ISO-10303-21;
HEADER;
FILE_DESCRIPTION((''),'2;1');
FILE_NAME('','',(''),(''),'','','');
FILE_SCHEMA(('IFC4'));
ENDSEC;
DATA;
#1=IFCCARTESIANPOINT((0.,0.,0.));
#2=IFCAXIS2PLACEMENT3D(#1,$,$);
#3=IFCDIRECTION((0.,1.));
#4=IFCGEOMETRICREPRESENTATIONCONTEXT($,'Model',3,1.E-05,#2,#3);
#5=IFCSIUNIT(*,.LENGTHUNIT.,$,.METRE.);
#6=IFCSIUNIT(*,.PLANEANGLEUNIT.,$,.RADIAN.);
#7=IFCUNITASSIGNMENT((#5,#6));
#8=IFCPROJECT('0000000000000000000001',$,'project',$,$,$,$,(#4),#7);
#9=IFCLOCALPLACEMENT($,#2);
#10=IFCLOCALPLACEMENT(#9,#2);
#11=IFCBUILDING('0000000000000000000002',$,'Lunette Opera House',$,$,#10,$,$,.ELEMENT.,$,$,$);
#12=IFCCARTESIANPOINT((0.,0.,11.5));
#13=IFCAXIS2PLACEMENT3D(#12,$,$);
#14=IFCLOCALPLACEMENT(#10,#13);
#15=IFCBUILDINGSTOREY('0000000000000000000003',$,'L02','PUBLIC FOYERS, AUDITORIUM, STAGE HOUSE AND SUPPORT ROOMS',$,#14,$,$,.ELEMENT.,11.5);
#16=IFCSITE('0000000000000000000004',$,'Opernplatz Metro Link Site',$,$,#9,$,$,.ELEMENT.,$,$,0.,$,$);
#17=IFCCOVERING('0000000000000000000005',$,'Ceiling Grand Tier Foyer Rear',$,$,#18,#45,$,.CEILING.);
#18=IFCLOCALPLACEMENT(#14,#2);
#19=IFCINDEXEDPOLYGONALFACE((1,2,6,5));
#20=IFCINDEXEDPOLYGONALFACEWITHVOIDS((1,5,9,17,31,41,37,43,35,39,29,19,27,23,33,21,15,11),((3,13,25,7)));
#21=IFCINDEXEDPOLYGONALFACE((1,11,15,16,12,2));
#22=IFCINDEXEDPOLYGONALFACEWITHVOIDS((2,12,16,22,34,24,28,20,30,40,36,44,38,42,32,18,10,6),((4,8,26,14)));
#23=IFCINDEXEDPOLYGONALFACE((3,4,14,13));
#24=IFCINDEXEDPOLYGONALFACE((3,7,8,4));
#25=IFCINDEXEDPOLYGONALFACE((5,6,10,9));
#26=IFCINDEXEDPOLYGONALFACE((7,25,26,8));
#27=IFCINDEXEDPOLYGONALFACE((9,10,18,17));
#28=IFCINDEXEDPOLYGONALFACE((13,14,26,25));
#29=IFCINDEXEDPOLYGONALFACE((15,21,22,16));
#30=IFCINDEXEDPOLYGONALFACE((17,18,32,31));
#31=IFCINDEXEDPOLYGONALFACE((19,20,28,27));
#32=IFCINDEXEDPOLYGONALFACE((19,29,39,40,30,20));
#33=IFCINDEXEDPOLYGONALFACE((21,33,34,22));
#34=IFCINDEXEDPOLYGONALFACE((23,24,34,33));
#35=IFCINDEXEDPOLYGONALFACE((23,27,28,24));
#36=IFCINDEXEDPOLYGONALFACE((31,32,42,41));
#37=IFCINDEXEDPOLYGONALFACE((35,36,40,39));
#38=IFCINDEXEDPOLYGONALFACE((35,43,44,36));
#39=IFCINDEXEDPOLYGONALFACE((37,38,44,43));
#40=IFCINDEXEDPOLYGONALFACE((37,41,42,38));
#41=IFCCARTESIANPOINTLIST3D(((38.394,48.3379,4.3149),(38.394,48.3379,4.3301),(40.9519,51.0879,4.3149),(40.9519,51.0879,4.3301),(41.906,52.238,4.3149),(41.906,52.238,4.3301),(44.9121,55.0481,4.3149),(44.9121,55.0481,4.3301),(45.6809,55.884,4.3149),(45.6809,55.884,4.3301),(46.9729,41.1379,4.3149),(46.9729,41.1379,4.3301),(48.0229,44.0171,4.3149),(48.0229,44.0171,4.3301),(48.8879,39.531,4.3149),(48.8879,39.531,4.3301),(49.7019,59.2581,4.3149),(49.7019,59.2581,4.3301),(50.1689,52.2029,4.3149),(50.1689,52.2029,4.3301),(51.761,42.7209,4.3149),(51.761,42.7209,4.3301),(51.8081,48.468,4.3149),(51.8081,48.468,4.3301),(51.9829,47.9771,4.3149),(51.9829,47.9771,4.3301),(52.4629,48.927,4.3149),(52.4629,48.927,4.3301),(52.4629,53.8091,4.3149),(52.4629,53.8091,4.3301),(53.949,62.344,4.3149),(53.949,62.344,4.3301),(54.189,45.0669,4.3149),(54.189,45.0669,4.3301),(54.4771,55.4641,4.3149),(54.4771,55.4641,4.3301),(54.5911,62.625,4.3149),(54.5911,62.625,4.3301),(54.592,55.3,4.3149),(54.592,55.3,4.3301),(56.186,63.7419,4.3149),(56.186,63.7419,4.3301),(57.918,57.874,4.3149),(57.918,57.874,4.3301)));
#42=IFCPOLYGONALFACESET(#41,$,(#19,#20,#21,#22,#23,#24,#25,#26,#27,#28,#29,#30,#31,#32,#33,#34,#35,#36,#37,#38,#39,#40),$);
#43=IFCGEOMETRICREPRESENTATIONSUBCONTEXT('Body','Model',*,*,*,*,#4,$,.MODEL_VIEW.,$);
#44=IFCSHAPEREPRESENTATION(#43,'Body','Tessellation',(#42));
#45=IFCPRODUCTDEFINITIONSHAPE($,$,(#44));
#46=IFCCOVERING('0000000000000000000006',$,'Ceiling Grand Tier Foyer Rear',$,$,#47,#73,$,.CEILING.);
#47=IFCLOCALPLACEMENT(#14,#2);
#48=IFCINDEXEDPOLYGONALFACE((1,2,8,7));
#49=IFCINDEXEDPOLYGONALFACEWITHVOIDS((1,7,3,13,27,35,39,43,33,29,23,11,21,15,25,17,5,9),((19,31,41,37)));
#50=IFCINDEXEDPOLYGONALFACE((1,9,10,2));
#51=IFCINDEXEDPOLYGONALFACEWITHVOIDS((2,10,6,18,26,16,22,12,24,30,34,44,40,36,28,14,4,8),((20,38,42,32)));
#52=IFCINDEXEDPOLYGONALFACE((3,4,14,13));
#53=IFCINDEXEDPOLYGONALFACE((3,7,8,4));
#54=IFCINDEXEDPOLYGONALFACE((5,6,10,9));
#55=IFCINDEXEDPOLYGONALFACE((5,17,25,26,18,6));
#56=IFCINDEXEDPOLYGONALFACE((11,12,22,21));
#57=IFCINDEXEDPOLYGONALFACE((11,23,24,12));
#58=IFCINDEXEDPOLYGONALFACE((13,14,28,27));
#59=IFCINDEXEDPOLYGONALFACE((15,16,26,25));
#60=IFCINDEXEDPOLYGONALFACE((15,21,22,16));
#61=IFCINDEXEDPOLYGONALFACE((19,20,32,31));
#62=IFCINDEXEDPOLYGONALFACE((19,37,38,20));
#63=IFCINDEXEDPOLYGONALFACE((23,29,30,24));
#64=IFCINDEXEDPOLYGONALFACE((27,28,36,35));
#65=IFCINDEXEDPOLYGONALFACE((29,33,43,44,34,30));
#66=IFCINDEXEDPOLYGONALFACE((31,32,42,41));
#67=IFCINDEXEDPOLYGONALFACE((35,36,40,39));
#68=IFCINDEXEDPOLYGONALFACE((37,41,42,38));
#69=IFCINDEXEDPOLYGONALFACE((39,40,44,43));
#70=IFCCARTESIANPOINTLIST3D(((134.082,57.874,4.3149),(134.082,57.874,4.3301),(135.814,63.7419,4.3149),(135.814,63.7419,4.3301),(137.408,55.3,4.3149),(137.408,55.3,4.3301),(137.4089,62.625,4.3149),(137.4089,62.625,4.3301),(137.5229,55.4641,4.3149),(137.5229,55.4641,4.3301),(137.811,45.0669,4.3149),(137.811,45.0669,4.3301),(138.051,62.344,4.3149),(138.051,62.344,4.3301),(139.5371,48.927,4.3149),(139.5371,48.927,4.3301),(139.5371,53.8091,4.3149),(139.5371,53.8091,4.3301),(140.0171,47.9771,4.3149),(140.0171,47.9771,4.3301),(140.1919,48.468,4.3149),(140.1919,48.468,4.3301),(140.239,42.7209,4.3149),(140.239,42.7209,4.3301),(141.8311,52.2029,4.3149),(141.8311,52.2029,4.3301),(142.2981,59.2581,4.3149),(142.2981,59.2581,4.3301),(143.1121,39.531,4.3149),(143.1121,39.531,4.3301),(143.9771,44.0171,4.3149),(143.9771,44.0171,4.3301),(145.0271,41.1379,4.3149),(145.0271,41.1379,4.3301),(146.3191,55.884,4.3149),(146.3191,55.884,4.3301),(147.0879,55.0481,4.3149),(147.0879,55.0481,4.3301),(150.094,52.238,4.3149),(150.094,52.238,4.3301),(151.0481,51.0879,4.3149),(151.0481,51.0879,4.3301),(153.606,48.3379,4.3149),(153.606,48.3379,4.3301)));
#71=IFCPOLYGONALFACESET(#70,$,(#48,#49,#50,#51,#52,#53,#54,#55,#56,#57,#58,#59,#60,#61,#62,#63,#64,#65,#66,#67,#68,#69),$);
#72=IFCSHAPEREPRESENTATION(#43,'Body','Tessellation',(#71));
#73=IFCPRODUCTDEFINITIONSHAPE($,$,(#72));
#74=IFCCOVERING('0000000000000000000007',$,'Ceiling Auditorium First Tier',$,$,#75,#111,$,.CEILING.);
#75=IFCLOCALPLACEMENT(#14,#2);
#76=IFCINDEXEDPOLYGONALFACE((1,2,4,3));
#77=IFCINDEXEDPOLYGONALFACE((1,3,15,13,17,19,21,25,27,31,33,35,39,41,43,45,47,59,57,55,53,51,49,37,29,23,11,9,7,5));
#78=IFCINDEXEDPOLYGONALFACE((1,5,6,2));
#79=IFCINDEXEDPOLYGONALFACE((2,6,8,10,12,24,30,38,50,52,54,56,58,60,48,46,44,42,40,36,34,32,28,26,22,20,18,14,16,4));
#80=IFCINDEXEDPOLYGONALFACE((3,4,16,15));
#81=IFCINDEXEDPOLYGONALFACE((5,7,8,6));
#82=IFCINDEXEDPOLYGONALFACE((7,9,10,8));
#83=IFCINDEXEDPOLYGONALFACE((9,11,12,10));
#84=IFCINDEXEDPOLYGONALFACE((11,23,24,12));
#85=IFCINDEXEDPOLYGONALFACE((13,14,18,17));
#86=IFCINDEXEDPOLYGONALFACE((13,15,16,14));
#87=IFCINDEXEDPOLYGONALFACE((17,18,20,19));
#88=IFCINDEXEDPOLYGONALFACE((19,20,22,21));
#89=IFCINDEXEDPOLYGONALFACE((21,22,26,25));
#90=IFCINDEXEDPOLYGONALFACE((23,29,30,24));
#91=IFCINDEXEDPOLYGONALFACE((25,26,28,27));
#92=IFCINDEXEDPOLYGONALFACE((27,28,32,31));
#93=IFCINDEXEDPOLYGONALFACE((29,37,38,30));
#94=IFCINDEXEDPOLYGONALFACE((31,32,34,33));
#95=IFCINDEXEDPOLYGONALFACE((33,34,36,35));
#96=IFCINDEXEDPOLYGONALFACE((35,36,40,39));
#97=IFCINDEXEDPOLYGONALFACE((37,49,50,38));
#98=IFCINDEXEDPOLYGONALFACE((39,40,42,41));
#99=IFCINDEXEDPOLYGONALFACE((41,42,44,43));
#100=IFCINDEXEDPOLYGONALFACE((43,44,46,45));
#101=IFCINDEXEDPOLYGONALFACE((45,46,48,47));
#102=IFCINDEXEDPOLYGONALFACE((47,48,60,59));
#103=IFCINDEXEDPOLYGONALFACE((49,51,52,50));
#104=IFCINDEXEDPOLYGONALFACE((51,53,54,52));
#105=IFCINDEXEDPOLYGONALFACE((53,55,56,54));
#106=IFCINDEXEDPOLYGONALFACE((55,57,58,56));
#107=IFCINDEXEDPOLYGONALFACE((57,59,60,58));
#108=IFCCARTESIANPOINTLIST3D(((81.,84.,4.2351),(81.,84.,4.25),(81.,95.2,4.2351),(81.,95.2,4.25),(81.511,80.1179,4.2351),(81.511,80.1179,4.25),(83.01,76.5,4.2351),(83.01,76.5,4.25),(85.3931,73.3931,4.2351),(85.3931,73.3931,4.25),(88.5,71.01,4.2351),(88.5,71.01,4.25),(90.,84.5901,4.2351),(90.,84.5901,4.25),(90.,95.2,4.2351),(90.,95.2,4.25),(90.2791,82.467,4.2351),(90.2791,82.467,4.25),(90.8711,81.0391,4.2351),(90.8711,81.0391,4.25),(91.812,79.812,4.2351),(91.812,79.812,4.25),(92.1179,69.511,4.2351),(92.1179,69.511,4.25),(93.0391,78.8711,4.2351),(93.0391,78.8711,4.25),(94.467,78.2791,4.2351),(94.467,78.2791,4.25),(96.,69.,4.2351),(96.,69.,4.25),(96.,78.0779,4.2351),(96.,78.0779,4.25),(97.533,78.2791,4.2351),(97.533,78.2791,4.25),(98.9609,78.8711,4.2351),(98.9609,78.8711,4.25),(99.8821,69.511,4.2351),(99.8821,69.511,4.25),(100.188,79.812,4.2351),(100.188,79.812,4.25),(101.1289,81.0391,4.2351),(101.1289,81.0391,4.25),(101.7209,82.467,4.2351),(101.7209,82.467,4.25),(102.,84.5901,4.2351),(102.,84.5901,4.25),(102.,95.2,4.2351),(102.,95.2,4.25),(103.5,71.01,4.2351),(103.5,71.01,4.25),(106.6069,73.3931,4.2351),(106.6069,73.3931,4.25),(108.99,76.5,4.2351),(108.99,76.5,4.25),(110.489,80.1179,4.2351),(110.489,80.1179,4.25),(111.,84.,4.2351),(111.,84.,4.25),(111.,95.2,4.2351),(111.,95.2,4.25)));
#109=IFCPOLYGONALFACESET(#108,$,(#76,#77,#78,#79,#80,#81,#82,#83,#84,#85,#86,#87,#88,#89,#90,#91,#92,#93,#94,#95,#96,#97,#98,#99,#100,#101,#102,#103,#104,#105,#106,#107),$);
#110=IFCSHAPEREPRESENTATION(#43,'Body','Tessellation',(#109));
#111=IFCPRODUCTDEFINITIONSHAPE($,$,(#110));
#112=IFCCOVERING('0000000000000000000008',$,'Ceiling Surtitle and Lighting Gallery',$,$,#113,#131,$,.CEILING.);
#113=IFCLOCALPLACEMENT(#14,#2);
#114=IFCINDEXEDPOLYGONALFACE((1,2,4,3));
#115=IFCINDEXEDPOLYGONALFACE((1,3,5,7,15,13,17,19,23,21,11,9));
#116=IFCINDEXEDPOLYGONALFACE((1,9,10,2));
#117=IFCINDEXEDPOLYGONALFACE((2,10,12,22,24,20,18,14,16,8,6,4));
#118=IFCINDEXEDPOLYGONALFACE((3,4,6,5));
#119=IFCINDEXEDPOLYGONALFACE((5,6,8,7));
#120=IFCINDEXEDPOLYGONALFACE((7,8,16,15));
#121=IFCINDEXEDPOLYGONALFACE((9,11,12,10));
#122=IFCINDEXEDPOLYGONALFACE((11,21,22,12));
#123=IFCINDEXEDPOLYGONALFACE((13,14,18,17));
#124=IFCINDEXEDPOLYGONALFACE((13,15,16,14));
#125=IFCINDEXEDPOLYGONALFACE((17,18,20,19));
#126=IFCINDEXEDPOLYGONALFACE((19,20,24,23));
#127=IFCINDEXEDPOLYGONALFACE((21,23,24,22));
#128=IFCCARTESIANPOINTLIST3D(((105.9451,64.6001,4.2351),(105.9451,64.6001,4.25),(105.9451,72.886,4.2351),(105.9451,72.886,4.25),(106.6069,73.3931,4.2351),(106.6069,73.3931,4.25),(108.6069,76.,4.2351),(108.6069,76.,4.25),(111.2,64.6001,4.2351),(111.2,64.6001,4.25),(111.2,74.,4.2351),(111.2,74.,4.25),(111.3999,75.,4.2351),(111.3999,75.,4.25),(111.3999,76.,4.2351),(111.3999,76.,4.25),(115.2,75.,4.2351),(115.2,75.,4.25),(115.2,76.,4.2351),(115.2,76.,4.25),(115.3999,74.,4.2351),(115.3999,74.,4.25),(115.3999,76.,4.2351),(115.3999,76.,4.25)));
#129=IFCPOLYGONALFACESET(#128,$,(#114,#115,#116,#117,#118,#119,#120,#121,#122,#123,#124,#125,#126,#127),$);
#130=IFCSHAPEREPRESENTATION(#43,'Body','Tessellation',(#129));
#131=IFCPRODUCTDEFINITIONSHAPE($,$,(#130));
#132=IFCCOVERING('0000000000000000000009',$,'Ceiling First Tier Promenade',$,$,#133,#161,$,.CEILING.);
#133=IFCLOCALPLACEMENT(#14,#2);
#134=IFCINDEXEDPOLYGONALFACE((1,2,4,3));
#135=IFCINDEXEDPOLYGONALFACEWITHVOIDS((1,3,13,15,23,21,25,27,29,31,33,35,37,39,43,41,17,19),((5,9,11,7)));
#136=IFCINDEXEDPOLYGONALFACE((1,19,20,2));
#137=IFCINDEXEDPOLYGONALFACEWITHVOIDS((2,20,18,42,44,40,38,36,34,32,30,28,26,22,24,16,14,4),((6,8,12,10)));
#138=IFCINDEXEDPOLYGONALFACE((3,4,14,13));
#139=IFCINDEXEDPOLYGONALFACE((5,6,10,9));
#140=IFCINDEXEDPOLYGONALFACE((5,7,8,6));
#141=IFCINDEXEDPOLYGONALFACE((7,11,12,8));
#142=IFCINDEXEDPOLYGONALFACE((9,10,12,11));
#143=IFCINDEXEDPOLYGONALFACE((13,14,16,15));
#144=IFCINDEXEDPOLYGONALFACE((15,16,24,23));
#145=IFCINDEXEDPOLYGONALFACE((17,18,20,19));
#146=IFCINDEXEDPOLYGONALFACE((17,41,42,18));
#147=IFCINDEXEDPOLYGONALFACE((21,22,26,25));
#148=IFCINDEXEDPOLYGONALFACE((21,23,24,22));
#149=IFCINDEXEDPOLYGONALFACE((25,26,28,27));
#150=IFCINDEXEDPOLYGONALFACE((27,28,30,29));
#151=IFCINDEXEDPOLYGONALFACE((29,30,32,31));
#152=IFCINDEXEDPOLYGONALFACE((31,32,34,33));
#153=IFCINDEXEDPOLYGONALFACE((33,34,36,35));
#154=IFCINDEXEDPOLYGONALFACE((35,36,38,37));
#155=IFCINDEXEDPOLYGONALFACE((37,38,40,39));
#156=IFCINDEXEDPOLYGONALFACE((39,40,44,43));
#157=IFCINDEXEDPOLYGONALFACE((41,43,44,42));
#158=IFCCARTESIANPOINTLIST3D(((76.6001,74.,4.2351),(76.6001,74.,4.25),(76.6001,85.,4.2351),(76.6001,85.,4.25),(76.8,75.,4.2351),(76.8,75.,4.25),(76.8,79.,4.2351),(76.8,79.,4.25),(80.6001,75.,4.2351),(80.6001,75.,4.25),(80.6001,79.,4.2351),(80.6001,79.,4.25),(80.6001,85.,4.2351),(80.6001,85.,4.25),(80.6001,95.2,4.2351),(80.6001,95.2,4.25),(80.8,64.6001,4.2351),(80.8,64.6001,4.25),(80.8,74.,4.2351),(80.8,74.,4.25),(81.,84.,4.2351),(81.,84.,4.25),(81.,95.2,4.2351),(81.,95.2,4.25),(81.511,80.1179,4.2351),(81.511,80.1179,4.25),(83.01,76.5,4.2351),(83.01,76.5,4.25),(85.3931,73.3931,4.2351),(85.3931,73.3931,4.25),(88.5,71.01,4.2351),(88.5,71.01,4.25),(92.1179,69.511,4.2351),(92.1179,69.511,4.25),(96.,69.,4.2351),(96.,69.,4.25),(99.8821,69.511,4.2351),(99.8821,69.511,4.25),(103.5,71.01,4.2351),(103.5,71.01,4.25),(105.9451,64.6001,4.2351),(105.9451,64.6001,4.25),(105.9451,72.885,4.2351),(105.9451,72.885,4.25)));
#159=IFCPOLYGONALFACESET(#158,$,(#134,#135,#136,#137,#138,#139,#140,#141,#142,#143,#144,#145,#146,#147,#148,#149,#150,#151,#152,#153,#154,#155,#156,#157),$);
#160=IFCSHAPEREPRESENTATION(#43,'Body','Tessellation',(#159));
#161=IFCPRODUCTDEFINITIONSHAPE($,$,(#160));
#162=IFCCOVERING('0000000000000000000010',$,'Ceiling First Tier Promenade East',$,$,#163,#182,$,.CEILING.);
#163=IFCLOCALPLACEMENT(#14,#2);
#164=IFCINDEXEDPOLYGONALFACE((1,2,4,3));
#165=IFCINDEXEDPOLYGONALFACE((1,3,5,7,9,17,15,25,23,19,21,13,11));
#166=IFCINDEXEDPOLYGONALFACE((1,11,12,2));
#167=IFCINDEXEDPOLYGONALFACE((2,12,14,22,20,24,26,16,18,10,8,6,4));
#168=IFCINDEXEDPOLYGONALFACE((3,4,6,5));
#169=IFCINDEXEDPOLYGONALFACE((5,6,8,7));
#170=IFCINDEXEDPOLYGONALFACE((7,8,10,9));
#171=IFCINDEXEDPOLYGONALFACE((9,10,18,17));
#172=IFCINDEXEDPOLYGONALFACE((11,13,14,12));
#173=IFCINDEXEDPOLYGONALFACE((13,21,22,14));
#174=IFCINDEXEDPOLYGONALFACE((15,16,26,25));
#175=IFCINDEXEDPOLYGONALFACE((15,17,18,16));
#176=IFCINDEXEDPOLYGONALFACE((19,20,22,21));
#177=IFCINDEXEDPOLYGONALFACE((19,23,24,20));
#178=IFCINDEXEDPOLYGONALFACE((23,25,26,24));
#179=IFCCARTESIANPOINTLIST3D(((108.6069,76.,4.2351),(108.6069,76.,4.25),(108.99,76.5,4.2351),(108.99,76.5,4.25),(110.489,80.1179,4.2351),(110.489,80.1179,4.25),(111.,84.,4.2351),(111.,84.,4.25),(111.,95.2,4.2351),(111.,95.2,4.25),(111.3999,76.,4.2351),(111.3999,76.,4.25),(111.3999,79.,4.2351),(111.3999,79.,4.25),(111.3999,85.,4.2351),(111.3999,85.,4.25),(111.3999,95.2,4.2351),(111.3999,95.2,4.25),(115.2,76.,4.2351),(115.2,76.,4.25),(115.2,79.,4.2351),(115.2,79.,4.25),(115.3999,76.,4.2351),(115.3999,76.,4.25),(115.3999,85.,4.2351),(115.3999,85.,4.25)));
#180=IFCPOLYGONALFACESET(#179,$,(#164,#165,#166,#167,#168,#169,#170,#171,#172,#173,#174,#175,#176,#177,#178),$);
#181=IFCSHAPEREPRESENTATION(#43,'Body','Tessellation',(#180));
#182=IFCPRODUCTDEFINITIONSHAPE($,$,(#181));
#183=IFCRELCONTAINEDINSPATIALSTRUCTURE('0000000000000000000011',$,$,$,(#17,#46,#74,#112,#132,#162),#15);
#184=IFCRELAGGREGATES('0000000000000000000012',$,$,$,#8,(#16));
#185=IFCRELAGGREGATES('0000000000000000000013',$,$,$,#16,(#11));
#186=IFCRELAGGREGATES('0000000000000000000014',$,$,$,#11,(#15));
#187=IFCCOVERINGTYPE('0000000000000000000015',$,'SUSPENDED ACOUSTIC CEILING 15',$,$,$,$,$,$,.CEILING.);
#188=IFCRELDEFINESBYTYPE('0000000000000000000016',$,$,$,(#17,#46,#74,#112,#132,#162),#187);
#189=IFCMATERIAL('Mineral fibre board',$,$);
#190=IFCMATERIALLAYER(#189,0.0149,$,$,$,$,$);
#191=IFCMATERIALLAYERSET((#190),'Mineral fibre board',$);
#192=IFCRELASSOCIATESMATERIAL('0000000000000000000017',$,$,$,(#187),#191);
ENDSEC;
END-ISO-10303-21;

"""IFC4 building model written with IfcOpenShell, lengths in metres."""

from ifc_helpers import new_model, si_unit, direction, frame, origin, place, context, subcontext, project, spatial, polyline, outline, extrude, material, layer, layer_set, type_object, element, save


model = new_model("IFC4")

# Units and contexts
model_context = context("Model", 3, precision=1e-05, world=origin(), true_north=direction((0.0, 1.0)))
body_context = subcontext(model_context, "Body", "Model", "MODEL_VIEW")
ifc_project = project(units=[si_unit("LENGTHUNIT", "METRE"), si_unit("PLANEANGLEUNIT", "RADIAN")], contexts=[model_context])

# Site, building, storey
site_placement = place(None, origin())
site = spatial("IfcSite", under=ifc_project, at=site_placement, Name="Opernplatz Metro Link Site", CompositionType="ELEMENT", RefElevation=0.0)
building_placement = place(site_placement, origin())
building = spatial("IfcBuilding", under=site, at=building_placement, Name="Lunette Opera House", CompositionType="ELEMENT")
storey_placement = place(building_placement, frame((0.0, 0.0, 11.5)))
storey = spatial("IfcBuildingStorey", under=building, at=storey_placement, Name="L02", Description="PUBLIC FOYERS, AUDITORIUM, STAGE HOUSE AND SUPPORT ROOMS", CompositionType="ELEMENT", Elevation=11.5)

# Coverings
ifc_material_1 = material(Name="Mineral fibre board")
ifc_layer_1 = layer(ifc_material_1, 0.0149)
ifc_layer_set_1 = layer_set([ifc_layer_1], Name="Mineral fibre board")
covering_type = type_object("IfcCoveringType", Name="SUSPENDED ACOUSTIC CEILING 15", PredefinedType="CEILING", material=ifc_layer_set_1)
covering_1_placement = place(storey_placement, frame((0.0, 0.0, 4.3149)))
element("IfcCovering", 1, at=covering_1_placement, inside=storey, type_object=covering_type, Name="Ceiling Grand Tier Foyer Rear", PredefinedType="CEILING", context=body_context, shape_type="SweptSolid", body=[
    extrude(outline(polyline([(51.8081, 48.468), (54.189, 45.0669), (51.761, 42.7209), (48.8879, 39.531), (46.9729, 41.1379), (38.394, 48.3379), (41.906, 52.238), (45.6809, 55.884), (49.7019, 59.2581), (53.949, 62.344), (56.186, 63.7419), (54.5911, 62.625), (57.918, 57.874), (54.4771, 55.4641), (54.592, 55.3), (52.4629, 53.8091), (50.1689, 52.2029), (52.4629, 48.927), (51.8081, 48.468)]), holes=[polyline([(48.0229, 44.0171), (51.9829, 47.9771), (44.9121, 55.0481), (40.9519, 51.0879), (48.0229, 44.0171)])]), origin(), (0.0, 0.0, 1.0), 0.0151),
])
covering_2_placement = place(storey_placement, frame((0.0, 0.0, 4.3149)))
element("IfcCovering", 2, at=covering_2_placement, inside=storey, type_object=covering_type, Name="Ceiling Grand Tier Foyer Rear", PredefinedType="CEILING", context=body_context, shape_type="SweptSolid", body=[
    extrude(outline(polyline([(141.8311, 52.2029), (139.5371, 53.8091), (137.408, 55.3), (137.5229, 55.4641), (134.082, 57.874), (137.4089, 62.625), (135.814, 63.7419), (138.051, 62.344), (142.2981, 59.2581), (146.3191, 55.884), (150.094, 52.238), (153.606, 48.3379), (145.0271, 41.1379), (143.1121, 39.531), (140.239, 42.7209), (137.811, 45.0669), (140.1919, 48.468), (139.5371, 48.927), (141.8311, 52.2029)]), holes=[polyline([(140.0171, 47.9771), (143.9771, 44.0171), (151.0481, 51.0879), (147.0879, 55.0481), (140.0171, 47.9771)])]), origin(), (0.0, 0.0, 1.0), 0.0151),
])
covering_3_placement = place(storey_placement, frame((0.0, 0.0, 4.2351)))
element("IfcCovering", 3, at=covering_3_placement, inside=storey, type_object=covering_type, Name="Ceiling Auditorium First Tier", PredefinedType="CEILING", context=body_context, shape_type="SweptSolid", body=[
    extrude(outline(polyline([(111.0, 84.0), (110.489, 80.1179), (108.99, 76.5), (106.6069, 73.3931), (103.5, 71.01), (99.8821, 69.511), (96.0, 69.0), (92.1179, 69.511), (88.5, 71.01), (85.3931, 73.3931), (83.01, 76.5), (81.511, 80.1179), (81.0, 84.0), (81.0, 95.2), (90.0, 95.2), (90.0, 84.5901), (90.2791, 82.467), (90.8711, 81.0391), (91.812, 79.812), (93.0391, 78.8711), (94.467, 78.2791), (96.0, 78.0779), (97.533, 78.2791), (98.9609, 78.8711), (100.188, 79.812), (101.1289, 81.0391), (101.7209, 82.467), (102.0, 84.5901), (102.0, 95.2), (111.0, 95.2), (111.0, 84.0)])), origin(), (0.0, 0.0, 1.0), 0.0149),
])
covering_4_placement = place(storey_placement, frame((0.0, 0.0, 4.2351)))
element("IfcCovering", 4, at=covering_4_placement, inside=storey, type_object=covering_type, Name="Ceiling Surtitle and Lighting Gallery", PredefinedType="CEILING", context=body_context, shape_type="SweptSolid", body=[
    extrude(outline(polyline([(105.9451, 64.6001), (105.9451, 72.886), (106.6069, 73.3931), (108.6069, 76.0), (111.3999, 76.0), (111.3999, 75.0), (115.2, 75.0), (115.2, 76.0), (115.3999, 76.0), (115.3999, 74.0), (111.2, 74.0), (111.2, 64.6001), (105.9451, 64.6001)])), origin(), (0.0, 0.0, 1.0), 0.0149),
])
covering_5_placement = place(storey_placement, frame((0.0, 0.0, 4.2351)))
element("IfcCovering", 5, at=covering_5_placement, inside=storey, type_object=covering_type, Name="Ceiling First Tier Promenade", PredefinedType="CEILING", context=body_context, shape_type="SweptSolid", body=[
    extrude(outline(polyline([(80.8, 74.0), (76.6001, 74.0), (76.6001, 85.0), (80.6001, 85.0), (80.6001, 95.2), (81.0, 95.2), (81.0, 84.0), (81.511, 80.1179), (83.01, 76.5), (85.3931, 73.3931), (88.5, 71.01), (92.1179, 69.511), (96.0, 69.0), (99.8821, 69.511), (103.5, 71.01), (105.9451, 72.885), (105.9451, 64.6001), (80.8, 64.6001), (80.8, 74.0)]), holes=[polyline([(80.6001, 79.0), (76.8, 79.0), (76.8, 75.0), (80.6001, 75.0), (80.6001, 79.0)])]), origin(), (0.0, 0.0, 1.0), 0.0149),
])
covering_6_placement = place(storey_placement, frame((0.0, 0.0, 4.2351)))
element("IfcCovering", 6, at=covering_6_placement, inside=storey, type_object=covering_type, Name="Ceiling First Tier Promenade East", PredefinedType="CEILING", context=body_context, shape_type="SweptSolid", body=[
    extrude(outline(polyline([(110.489, 80.1179), (111.0, 84.0), (111.0, 95.2), (111.3999, 95.2), (111.3999, 85.0), (115.3999, 85.0), (115.3999, 76.0), (115.2, 76.0), (115.2, 79.0), (111.3999, 79.0), (111.3999, 76.0), (108.6069, 76.0), (108.99, 76.5), (110.489, 80.1179)])), origin(), (0.0, 0.0, 1.0), 0.0149),
])

save(model, "model.ifc")
